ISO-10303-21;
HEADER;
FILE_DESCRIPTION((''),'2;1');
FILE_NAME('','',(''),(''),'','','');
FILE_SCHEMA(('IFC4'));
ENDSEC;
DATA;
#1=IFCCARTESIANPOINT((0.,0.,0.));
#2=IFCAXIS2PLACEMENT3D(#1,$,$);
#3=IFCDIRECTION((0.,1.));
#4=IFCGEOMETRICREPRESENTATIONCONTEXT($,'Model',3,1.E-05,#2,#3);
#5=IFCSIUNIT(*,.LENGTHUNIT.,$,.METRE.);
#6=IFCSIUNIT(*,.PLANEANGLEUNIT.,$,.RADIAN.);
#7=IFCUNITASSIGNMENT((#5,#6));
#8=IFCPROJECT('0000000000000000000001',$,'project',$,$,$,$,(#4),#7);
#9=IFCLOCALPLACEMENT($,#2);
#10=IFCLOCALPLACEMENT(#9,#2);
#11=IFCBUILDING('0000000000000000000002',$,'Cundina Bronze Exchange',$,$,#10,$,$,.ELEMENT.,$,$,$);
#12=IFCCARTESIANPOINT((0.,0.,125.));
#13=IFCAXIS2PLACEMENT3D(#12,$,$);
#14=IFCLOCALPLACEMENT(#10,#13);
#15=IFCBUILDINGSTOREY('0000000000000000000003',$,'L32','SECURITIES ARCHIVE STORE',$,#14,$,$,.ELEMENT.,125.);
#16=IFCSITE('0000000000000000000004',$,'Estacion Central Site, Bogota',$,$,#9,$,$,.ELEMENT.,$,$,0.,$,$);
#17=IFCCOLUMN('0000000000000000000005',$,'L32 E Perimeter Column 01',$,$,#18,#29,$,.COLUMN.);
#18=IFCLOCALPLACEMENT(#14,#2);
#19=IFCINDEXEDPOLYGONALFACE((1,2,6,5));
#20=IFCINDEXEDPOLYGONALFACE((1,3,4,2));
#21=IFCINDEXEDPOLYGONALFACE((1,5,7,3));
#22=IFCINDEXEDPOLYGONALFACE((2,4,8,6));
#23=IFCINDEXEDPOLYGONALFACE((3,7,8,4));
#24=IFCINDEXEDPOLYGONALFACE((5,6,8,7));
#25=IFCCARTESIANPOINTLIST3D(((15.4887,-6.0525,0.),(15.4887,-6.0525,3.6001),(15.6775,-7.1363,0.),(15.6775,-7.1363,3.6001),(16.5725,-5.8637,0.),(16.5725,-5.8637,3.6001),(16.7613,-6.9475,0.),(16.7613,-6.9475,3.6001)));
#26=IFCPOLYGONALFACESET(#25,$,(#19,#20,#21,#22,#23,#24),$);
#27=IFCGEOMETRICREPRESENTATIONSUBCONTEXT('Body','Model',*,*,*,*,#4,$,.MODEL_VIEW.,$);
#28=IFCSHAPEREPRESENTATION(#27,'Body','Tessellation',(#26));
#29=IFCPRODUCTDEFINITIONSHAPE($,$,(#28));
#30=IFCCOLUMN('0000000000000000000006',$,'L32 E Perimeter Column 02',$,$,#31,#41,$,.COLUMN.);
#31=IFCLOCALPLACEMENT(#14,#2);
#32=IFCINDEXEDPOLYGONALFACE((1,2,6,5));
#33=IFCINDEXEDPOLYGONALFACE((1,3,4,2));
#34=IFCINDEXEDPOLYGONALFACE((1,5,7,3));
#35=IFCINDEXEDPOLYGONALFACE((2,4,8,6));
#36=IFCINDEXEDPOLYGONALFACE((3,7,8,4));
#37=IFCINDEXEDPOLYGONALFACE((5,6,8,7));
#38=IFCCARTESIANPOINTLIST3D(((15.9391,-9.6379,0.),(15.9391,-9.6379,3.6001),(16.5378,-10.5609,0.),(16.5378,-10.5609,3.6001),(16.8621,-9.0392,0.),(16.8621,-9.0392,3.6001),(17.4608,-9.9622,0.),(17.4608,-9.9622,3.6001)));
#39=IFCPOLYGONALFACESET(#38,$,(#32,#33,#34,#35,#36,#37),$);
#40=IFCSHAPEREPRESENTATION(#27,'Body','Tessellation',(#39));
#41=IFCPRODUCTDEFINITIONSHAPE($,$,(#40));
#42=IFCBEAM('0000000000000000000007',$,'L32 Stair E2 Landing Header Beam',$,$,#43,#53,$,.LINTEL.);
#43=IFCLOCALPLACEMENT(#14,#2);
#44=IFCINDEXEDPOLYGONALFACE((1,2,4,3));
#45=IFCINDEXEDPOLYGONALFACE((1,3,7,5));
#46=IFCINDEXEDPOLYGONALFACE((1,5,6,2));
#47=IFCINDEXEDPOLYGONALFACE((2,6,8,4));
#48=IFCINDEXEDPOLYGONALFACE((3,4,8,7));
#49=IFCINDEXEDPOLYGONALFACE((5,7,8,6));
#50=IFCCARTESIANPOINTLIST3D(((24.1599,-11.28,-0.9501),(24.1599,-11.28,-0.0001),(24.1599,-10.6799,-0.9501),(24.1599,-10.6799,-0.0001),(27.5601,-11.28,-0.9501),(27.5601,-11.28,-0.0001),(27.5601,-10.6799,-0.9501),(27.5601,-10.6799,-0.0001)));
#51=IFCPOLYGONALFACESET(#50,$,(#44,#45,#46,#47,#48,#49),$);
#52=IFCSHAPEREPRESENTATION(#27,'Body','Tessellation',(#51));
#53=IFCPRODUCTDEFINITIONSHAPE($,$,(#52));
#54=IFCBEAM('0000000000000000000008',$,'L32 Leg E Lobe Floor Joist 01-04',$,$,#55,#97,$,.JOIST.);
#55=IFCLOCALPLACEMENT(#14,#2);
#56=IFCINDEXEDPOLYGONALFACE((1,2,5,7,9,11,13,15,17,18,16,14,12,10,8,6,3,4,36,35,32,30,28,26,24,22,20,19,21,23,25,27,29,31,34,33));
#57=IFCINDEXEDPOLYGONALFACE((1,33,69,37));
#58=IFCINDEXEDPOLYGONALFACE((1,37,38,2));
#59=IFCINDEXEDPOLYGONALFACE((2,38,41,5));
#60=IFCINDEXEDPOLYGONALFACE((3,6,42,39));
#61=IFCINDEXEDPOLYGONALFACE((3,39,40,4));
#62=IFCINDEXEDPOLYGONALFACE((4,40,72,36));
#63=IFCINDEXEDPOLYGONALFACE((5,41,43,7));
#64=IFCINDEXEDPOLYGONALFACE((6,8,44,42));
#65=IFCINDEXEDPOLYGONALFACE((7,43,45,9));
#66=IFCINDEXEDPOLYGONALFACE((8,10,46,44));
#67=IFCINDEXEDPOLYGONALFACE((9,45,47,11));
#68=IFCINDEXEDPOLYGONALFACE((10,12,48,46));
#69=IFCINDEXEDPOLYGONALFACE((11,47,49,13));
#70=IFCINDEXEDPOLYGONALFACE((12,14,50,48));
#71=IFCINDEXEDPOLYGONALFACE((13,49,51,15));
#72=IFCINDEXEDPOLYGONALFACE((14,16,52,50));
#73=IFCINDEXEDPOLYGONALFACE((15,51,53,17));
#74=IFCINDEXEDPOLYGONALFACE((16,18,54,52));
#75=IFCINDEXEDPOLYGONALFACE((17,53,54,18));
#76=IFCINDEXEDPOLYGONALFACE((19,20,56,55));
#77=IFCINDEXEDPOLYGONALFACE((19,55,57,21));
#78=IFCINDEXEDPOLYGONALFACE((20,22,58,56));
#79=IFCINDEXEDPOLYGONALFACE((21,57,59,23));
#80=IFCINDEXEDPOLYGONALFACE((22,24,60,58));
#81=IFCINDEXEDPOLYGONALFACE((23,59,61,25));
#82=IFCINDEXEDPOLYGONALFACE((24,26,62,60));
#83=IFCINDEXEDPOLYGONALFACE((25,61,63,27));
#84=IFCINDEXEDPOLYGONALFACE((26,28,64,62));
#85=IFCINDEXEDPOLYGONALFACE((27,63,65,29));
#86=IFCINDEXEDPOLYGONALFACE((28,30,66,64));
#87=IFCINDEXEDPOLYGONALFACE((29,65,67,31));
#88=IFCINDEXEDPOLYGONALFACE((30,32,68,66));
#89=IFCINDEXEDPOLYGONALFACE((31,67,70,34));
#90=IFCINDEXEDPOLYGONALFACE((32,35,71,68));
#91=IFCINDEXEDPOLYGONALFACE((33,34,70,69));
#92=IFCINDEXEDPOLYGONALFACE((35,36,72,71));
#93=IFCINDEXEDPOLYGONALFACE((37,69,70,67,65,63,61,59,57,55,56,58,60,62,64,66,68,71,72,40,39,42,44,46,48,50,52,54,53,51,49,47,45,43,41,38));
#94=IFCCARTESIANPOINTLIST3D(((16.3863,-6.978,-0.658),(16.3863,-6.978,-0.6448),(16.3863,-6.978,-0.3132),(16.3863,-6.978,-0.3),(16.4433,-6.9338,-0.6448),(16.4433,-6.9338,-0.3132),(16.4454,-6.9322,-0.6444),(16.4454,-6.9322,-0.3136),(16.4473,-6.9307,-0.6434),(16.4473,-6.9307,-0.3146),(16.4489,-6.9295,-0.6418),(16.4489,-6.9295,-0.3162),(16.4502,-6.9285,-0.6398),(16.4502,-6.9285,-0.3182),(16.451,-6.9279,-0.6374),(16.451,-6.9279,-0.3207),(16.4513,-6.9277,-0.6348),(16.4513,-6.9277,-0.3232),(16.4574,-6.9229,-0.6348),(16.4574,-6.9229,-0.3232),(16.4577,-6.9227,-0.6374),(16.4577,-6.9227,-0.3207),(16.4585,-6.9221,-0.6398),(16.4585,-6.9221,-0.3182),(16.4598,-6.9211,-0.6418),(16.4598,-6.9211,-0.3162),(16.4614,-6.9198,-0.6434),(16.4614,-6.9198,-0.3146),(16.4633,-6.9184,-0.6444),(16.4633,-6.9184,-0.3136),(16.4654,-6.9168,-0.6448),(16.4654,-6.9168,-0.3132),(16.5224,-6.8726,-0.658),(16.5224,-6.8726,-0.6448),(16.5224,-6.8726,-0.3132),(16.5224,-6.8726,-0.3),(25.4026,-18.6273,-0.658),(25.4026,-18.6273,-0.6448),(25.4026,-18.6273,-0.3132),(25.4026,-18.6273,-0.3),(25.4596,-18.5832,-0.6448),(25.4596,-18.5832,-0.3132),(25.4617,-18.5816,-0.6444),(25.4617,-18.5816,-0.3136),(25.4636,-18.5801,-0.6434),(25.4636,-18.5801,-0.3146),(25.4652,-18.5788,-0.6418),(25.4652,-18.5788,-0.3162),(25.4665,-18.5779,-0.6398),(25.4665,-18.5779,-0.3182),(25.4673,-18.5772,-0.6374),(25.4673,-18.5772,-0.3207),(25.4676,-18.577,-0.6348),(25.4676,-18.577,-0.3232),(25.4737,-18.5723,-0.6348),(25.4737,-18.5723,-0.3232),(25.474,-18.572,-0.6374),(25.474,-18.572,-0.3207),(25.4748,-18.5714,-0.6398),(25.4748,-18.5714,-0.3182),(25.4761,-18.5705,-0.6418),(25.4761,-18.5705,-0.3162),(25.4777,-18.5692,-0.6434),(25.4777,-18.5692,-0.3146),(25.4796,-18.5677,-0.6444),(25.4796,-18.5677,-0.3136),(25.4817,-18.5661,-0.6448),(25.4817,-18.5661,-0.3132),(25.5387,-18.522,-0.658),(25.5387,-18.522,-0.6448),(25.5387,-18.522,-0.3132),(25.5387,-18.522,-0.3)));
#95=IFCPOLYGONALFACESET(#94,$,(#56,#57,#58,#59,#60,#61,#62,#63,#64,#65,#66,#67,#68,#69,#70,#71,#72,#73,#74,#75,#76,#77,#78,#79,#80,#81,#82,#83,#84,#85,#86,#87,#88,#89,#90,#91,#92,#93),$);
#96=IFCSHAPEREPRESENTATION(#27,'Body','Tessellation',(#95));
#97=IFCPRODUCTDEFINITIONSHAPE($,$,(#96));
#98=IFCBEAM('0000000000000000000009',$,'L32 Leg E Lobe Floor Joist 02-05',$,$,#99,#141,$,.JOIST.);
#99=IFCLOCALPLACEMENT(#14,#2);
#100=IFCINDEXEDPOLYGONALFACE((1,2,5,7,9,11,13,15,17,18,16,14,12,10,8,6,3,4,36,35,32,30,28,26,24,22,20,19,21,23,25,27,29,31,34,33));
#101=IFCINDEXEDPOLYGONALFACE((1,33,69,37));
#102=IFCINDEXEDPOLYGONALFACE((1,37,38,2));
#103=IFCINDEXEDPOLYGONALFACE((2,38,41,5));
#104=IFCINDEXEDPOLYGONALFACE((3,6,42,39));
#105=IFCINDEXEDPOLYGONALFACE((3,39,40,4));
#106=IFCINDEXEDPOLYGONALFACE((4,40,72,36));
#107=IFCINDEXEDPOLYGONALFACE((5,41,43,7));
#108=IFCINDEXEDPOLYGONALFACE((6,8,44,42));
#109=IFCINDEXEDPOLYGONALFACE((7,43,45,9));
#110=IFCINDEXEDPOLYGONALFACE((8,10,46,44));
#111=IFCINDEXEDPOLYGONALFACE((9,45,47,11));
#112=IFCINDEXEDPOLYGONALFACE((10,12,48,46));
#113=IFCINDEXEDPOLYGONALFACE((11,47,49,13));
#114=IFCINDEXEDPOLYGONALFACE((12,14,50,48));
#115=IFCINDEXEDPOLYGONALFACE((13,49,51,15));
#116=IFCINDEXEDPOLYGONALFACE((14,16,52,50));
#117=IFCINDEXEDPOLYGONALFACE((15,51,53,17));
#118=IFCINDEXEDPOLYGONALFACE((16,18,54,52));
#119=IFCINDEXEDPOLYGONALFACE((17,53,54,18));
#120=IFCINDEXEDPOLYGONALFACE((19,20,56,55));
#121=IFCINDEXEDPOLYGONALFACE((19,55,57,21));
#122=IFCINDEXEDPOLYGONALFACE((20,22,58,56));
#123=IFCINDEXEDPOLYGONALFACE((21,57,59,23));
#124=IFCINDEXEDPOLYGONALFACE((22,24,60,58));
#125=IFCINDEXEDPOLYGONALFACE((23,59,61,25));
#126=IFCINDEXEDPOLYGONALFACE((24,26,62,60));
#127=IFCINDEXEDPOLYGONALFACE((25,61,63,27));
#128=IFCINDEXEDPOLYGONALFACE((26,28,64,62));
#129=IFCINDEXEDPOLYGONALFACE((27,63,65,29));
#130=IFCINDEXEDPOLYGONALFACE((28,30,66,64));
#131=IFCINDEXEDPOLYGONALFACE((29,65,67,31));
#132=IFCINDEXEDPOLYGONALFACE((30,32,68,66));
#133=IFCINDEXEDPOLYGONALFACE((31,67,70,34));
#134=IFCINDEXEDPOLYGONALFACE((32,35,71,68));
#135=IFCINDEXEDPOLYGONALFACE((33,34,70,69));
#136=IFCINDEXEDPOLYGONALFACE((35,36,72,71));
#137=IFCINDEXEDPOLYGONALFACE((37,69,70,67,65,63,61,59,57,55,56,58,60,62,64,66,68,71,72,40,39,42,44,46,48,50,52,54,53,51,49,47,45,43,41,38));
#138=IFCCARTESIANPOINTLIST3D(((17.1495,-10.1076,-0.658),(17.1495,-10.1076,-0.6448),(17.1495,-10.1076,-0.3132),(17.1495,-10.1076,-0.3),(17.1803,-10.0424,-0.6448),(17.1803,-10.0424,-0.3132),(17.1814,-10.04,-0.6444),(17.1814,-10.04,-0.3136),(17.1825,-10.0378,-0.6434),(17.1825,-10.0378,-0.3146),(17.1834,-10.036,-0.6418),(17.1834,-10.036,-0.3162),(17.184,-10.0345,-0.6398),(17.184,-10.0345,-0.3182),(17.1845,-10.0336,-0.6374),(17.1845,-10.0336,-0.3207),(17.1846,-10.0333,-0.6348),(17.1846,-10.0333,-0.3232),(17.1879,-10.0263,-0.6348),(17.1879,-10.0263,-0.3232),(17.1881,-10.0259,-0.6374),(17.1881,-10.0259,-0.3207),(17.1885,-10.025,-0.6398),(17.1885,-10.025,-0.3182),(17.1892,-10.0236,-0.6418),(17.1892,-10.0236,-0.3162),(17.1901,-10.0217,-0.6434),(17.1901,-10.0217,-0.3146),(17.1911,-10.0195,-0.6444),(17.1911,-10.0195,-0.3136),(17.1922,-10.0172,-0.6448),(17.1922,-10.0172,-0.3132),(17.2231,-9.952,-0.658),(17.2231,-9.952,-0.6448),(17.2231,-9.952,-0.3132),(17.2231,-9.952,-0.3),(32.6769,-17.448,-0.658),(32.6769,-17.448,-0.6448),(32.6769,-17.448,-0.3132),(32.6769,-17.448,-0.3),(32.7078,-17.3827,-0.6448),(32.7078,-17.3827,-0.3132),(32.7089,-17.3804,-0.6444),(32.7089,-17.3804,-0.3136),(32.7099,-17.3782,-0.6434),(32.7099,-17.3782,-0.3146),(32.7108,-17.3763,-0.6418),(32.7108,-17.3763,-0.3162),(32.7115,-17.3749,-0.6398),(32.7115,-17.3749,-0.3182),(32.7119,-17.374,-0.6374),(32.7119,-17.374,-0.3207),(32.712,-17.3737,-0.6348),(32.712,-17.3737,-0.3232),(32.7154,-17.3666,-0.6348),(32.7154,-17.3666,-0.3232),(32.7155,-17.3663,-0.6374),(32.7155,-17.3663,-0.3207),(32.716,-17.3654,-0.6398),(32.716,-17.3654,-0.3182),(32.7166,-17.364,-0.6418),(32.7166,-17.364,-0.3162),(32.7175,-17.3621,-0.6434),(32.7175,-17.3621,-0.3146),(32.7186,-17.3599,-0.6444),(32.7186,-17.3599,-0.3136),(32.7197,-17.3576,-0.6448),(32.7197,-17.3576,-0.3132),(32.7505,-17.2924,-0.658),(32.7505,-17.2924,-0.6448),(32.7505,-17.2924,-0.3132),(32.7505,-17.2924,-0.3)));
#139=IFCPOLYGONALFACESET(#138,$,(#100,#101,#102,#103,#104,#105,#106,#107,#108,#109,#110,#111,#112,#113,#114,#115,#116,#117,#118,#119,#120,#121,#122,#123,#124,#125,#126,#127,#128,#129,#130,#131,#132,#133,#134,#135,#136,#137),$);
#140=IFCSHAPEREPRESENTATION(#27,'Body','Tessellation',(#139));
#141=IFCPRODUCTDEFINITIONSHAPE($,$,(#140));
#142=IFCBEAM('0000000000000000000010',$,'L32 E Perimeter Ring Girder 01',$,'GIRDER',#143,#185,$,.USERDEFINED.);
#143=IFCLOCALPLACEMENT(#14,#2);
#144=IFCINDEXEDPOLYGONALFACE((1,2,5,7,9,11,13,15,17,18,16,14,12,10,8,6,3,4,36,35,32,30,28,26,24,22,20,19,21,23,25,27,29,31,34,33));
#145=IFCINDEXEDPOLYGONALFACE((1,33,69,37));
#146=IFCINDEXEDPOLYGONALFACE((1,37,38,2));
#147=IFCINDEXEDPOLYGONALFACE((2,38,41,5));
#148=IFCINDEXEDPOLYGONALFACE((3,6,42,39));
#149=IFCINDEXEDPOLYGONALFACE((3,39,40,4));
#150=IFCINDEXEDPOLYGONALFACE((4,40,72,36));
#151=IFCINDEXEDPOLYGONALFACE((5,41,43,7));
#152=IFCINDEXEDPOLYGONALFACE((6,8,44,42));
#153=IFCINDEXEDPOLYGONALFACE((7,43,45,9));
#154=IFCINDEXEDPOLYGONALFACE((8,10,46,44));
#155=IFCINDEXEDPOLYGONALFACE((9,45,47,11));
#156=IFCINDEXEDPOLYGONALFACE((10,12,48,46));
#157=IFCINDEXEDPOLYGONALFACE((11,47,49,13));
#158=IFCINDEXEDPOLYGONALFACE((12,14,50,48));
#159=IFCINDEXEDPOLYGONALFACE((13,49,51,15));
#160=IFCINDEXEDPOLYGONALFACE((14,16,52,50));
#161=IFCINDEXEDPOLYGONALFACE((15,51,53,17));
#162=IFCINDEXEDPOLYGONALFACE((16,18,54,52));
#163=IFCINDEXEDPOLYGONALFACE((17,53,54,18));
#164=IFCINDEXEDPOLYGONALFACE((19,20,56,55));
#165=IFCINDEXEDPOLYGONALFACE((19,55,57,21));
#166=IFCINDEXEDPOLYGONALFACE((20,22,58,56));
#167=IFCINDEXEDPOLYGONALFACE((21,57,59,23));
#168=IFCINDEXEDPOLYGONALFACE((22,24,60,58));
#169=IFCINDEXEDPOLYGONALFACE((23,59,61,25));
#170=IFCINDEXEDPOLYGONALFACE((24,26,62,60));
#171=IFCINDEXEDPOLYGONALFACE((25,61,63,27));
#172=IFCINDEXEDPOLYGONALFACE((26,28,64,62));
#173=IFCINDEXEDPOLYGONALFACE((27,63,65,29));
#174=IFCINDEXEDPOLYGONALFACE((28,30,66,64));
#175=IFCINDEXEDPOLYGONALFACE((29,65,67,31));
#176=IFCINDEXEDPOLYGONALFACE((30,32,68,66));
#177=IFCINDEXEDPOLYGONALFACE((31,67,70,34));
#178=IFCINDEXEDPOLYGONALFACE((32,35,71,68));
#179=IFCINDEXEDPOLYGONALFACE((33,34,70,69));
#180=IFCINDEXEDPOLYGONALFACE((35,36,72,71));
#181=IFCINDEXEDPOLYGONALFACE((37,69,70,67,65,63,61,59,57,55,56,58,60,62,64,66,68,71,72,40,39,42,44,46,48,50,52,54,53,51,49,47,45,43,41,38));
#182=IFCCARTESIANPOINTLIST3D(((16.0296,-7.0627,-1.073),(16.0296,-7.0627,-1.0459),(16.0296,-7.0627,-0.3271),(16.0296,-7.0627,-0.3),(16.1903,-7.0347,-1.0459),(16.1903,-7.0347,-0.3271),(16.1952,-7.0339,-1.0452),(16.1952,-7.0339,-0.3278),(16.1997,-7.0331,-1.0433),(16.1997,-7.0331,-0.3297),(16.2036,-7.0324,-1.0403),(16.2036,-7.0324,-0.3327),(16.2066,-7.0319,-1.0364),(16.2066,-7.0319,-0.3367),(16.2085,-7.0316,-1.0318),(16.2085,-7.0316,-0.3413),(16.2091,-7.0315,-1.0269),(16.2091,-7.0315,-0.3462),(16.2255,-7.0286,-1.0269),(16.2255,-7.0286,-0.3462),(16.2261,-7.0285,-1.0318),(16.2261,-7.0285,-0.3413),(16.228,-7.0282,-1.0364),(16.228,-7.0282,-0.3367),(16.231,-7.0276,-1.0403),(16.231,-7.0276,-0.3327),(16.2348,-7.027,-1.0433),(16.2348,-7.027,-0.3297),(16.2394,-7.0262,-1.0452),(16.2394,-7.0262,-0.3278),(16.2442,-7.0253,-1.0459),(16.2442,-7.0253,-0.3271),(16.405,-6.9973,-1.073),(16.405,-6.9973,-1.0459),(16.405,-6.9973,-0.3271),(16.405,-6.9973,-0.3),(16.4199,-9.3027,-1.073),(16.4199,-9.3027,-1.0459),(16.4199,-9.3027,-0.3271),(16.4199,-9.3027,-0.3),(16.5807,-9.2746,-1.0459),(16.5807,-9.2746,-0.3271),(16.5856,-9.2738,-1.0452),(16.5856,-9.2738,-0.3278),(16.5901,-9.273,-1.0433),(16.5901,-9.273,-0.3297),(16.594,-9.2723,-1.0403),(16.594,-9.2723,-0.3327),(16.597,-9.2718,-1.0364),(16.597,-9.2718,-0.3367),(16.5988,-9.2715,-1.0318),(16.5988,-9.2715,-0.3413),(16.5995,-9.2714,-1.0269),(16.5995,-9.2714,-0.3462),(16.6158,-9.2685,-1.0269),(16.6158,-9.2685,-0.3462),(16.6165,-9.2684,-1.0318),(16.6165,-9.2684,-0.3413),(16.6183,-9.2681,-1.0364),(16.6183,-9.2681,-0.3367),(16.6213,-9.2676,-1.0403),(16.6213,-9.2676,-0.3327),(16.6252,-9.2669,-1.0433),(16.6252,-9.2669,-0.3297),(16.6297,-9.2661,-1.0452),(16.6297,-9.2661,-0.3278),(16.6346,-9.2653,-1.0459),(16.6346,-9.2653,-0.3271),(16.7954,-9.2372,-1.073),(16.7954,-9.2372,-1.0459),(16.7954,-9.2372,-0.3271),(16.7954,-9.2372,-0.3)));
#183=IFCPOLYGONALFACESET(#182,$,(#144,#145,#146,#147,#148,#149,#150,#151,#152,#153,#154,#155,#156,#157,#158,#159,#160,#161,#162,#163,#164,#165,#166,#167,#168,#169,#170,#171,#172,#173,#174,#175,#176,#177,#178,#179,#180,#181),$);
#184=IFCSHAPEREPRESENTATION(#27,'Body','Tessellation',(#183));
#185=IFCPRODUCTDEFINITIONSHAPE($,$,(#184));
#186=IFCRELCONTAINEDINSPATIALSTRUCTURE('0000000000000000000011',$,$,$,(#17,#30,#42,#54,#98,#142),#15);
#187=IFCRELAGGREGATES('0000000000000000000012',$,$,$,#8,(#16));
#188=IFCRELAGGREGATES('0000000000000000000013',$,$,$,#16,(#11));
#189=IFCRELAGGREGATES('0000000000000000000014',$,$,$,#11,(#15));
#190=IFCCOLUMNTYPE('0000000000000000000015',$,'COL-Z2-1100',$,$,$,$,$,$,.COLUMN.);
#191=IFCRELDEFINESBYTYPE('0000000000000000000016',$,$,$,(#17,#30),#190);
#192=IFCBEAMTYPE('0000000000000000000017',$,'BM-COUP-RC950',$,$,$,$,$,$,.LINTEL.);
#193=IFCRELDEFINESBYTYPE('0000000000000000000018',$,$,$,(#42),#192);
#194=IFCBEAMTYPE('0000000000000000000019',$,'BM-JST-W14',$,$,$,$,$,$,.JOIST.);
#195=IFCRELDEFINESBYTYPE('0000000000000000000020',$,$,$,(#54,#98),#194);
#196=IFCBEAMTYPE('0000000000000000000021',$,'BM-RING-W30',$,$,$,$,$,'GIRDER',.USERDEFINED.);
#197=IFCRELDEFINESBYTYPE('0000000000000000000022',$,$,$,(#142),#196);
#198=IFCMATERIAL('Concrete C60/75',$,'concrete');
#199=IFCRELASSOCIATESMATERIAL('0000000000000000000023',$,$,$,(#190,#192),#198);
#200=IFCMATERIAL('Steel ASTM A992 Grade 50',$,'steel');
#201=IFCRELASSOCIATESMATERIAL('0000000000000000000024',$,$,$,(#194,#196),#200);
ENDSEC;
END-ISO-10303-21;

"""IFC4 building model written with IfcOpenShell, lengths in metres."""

from ifc_helpers import new_model, si_unit, direction, frame, origin, origin_2d, place, context, subcontext, project, spatial, rectangle, i_section, extrude, material, material_profile, profile_set, type_object, element, save


model = new_model("IFC4")

# Units and contexts
model_context = context("Model", 3, precision=1e-05, world=origin(), true_north=direction((0.0, 1.0)))
body_context = subcontext(model_context, "Body", "Model", "MODEL_VIEW")
ifc_project = project(units=[si_unit("LENGTHUNIT", "METRE"), si_unit("PLANEANGLEUNIT", "RADIAN")], contexts=[model_context])

# Site, building, storey
site_placement = place(None, origin())
site = spatial("IfcSite", under=ifc_project, at=site_placement, Name="Estacion Central Site, Bogota", CompositionType="ELEMENT", RefElevation=0.0)
building_placement = place(site_placement, origin())
building = spatial("IfcBuilding", under=site, at=building_placement, Name="Cundina Bronze Exchange", CompositionType="ELEMENT")
storey_placement = place(building_placement, frame((0.0, 0.0, 125.0)))
storey = spatial("IfcBuildingStorey", under=building, at=storey_placement, Name="L32", Description="SECURITIES ARCHIVE STORE", CompositionType="ELEMENT", Elevation=125.0)

# Columns
ifc_material_1 = material(Name="Concrete C60/75", Category="concrete")
ifc_material_profile_1 = material_profile(ifc_material_1, rectangle(XDim=1.1001, YDim=1.1001, at=origin_2d()), Name="RC1100X1100", Category="concrete")
ifc_profile_set_1 = profile_set([ifc_material_profile_1], Name="Concrete C60/75")
column_type = type_object("IfcColumnType", Name="COL-Z2-1100", PredefinedType="COLUMN", material=ifc_profile_set_1)
for number, where, z_axis, x_axis, name in (
    (1, (16.125, -6.5, 0.0), (0.0, 0.0, 1.0), (0.171585, -0.985169, 0.0), "L32 E Perimeter Column 01"),
    (2, (16.7, -9.8, 0.0), (0.0, 0.0, 1.0), (0.5442, -0.838956, 0.0), "L32 E Perimeter Column 02"),
):
    element("IfcColumn", number, at=place(storey_placement, frame(where, z_axis=z_axis, x_axis=x_axis)), inside=storey, type_object=column_type, Name=name, PredefinedType="COLUMN", context=body_context, shape_type="SweptSolid", body=[
        extrude(rectangle(XDim=1.1001, YDim=1.1001, at=origin_2d()), origin(), (0.0, 0.0, 1.0), 3.6001),
    ])

# Beams
ifc_material_profile_2 = material_profile(ifc_material_1, rectangle(XDim=0.6001, YDim=0.95, at=origin_2d()), Name="RC600X950", Category="concrete")
ifc_profile_set_2 = profile_set([ifc_material_profile_2], Name="Concrete C60/75")
beam_type_1 = type_object("IfcBeamType", Name="BM-COUP-RC950", PredefinedType="LINTEL", material=ifc_profile_set_2)
beam_1_placement = place(storey_placement, frame((24.1599, -10.98, -0.4751), z_axis=(1.0, 0.0, 0.0), x_axis=(0.0, 1.0, 0.0)))
element("IfcBeam", 3, at=beam_1_placement, inside=storey, type_object=beam_type_1, Name="L32 Stair E2 Landing Header Beam", PredefinedType="LINTEL", context=body_context, shape_type="SweptSolid", body=[
    extrude(rectangle(XDim=0.6001, YDim=0.95, at=origin_2d()), origin(), (0.0, 0.0, 1.0), 3.4001),
])
ifc_material_2 = material(Name="Steel ASTM A992 Grade 50", Category="steel")
ifc_material_profile_3 = material_profile(ifc_material_2, i_section(OverallWidth=0.1721, OverallDepth=0.3579, WebThickness=0.0078, FlangeThickness=0.0132, FilletRadius=0.01, at=origin_2d()), Name="W14X38", Category="steel")
ifc_profile_set_3 = profile_set([ifc_material_profile_3], Name="Steel ASTM A992 Grade 50")
beam_type_2 = type_object("IfcBeamType", Name="BM-JST-W14", PredefinedType="JOIST", material=ifc_profile_set_3)
beam_2_placement = place(storey_placement, frame((16.4543, -6.9253, -0.479), z_axis=(0.612065, -0.790807, 0.0), x_axis=(0.790807, 0.612065, 0.0)))
element("IfcBeam", 4, at=beam_2_placement, inside=storey, type_object=beam_type_2, Name="L32 Leg E Lobe Floor Joist 01-04", PredefinedType="JOIST", context=body_context, shape_type="SweptSolid", body=[
    extrude(i_section(OverallWidth=0.1721, OverallDepth=0.3579, WebThickness=0.0078, FlangeThickness=0.0132, FilletRadius=0.01, at=origin_2d()), origin(), (0.0, 0.0, 1.0), 14.731),
])
beam_3_placement = place(storey_placement, frame((17.1863, -10.0298, -0.479), z_axis=(0.904069, -0.427386, 0.0), x_axis=(0.427386, 0.904069, 0.0)))
element("IfcBeam", 5, at=beam_3_placement, inside=storey, type_object=beam_type_2, Name="L32 Leg E Lobe Floor Joist 02-05", PredefinedType="JOIST", context=body_context, shape_type="SweptSolid", body=[
    extrude(i_section(OverallWidth=0.1721, OverallDepth=0.3579, WebThickness=0.0078, FlangeThickness=0.0132, FilletRadius=0.01, at=origin_2d()), origin(), (0.0, 0.0, 1.0), 17.175),
])
ifc_material_profile_4 = material_profile(ifc_material_2, i_section(OverallWidth=0.3811, OverallDepth=0.7729, WebThickness=0.0166, FlangeThickness=0.0271, FilletRadius=0.019, at=origin_2d()), Name="W30X173", Category="steel")
ifc_profile_set_4 = profile_set([ifc_material_profile_4], Name="Steel ASTM A992 Grade 50")
beam_type_3 = type_object("IfcBeamType", Name="BM-RING-W30", ElementType="GIRDER", PredefinedType="USERDEFINED", material=ifc_profile_set_4)
beam_4_placement = place(storey_placement, frame((16.2173, -7.03, -0.6865), z_axis=(0.17169, -0.985151, 0.0), x_axis=(0.985151, 0.17169, 0.0)))
element("IfcBeam", 6, at=beam_4_placement, inside=storey, type_object=beam_type_3, Name="L32 E Perimeter Ring Girder 01", ObjectType="GIRDER", PredefinedType="USERDEFINED", context=body_context, shape_type="SweptSolid", body=[
    extrude(i_section(OverallWidth=0.3811, OverallDepth=0.7729, WebThickness=0.0166, FlangeThickness=0.0271, FilletRadius=0.019, at=origin_2d()), origin(), (0.0, 0.0, 1.0), 2.2737),
])

save(model, "model.ifc")
